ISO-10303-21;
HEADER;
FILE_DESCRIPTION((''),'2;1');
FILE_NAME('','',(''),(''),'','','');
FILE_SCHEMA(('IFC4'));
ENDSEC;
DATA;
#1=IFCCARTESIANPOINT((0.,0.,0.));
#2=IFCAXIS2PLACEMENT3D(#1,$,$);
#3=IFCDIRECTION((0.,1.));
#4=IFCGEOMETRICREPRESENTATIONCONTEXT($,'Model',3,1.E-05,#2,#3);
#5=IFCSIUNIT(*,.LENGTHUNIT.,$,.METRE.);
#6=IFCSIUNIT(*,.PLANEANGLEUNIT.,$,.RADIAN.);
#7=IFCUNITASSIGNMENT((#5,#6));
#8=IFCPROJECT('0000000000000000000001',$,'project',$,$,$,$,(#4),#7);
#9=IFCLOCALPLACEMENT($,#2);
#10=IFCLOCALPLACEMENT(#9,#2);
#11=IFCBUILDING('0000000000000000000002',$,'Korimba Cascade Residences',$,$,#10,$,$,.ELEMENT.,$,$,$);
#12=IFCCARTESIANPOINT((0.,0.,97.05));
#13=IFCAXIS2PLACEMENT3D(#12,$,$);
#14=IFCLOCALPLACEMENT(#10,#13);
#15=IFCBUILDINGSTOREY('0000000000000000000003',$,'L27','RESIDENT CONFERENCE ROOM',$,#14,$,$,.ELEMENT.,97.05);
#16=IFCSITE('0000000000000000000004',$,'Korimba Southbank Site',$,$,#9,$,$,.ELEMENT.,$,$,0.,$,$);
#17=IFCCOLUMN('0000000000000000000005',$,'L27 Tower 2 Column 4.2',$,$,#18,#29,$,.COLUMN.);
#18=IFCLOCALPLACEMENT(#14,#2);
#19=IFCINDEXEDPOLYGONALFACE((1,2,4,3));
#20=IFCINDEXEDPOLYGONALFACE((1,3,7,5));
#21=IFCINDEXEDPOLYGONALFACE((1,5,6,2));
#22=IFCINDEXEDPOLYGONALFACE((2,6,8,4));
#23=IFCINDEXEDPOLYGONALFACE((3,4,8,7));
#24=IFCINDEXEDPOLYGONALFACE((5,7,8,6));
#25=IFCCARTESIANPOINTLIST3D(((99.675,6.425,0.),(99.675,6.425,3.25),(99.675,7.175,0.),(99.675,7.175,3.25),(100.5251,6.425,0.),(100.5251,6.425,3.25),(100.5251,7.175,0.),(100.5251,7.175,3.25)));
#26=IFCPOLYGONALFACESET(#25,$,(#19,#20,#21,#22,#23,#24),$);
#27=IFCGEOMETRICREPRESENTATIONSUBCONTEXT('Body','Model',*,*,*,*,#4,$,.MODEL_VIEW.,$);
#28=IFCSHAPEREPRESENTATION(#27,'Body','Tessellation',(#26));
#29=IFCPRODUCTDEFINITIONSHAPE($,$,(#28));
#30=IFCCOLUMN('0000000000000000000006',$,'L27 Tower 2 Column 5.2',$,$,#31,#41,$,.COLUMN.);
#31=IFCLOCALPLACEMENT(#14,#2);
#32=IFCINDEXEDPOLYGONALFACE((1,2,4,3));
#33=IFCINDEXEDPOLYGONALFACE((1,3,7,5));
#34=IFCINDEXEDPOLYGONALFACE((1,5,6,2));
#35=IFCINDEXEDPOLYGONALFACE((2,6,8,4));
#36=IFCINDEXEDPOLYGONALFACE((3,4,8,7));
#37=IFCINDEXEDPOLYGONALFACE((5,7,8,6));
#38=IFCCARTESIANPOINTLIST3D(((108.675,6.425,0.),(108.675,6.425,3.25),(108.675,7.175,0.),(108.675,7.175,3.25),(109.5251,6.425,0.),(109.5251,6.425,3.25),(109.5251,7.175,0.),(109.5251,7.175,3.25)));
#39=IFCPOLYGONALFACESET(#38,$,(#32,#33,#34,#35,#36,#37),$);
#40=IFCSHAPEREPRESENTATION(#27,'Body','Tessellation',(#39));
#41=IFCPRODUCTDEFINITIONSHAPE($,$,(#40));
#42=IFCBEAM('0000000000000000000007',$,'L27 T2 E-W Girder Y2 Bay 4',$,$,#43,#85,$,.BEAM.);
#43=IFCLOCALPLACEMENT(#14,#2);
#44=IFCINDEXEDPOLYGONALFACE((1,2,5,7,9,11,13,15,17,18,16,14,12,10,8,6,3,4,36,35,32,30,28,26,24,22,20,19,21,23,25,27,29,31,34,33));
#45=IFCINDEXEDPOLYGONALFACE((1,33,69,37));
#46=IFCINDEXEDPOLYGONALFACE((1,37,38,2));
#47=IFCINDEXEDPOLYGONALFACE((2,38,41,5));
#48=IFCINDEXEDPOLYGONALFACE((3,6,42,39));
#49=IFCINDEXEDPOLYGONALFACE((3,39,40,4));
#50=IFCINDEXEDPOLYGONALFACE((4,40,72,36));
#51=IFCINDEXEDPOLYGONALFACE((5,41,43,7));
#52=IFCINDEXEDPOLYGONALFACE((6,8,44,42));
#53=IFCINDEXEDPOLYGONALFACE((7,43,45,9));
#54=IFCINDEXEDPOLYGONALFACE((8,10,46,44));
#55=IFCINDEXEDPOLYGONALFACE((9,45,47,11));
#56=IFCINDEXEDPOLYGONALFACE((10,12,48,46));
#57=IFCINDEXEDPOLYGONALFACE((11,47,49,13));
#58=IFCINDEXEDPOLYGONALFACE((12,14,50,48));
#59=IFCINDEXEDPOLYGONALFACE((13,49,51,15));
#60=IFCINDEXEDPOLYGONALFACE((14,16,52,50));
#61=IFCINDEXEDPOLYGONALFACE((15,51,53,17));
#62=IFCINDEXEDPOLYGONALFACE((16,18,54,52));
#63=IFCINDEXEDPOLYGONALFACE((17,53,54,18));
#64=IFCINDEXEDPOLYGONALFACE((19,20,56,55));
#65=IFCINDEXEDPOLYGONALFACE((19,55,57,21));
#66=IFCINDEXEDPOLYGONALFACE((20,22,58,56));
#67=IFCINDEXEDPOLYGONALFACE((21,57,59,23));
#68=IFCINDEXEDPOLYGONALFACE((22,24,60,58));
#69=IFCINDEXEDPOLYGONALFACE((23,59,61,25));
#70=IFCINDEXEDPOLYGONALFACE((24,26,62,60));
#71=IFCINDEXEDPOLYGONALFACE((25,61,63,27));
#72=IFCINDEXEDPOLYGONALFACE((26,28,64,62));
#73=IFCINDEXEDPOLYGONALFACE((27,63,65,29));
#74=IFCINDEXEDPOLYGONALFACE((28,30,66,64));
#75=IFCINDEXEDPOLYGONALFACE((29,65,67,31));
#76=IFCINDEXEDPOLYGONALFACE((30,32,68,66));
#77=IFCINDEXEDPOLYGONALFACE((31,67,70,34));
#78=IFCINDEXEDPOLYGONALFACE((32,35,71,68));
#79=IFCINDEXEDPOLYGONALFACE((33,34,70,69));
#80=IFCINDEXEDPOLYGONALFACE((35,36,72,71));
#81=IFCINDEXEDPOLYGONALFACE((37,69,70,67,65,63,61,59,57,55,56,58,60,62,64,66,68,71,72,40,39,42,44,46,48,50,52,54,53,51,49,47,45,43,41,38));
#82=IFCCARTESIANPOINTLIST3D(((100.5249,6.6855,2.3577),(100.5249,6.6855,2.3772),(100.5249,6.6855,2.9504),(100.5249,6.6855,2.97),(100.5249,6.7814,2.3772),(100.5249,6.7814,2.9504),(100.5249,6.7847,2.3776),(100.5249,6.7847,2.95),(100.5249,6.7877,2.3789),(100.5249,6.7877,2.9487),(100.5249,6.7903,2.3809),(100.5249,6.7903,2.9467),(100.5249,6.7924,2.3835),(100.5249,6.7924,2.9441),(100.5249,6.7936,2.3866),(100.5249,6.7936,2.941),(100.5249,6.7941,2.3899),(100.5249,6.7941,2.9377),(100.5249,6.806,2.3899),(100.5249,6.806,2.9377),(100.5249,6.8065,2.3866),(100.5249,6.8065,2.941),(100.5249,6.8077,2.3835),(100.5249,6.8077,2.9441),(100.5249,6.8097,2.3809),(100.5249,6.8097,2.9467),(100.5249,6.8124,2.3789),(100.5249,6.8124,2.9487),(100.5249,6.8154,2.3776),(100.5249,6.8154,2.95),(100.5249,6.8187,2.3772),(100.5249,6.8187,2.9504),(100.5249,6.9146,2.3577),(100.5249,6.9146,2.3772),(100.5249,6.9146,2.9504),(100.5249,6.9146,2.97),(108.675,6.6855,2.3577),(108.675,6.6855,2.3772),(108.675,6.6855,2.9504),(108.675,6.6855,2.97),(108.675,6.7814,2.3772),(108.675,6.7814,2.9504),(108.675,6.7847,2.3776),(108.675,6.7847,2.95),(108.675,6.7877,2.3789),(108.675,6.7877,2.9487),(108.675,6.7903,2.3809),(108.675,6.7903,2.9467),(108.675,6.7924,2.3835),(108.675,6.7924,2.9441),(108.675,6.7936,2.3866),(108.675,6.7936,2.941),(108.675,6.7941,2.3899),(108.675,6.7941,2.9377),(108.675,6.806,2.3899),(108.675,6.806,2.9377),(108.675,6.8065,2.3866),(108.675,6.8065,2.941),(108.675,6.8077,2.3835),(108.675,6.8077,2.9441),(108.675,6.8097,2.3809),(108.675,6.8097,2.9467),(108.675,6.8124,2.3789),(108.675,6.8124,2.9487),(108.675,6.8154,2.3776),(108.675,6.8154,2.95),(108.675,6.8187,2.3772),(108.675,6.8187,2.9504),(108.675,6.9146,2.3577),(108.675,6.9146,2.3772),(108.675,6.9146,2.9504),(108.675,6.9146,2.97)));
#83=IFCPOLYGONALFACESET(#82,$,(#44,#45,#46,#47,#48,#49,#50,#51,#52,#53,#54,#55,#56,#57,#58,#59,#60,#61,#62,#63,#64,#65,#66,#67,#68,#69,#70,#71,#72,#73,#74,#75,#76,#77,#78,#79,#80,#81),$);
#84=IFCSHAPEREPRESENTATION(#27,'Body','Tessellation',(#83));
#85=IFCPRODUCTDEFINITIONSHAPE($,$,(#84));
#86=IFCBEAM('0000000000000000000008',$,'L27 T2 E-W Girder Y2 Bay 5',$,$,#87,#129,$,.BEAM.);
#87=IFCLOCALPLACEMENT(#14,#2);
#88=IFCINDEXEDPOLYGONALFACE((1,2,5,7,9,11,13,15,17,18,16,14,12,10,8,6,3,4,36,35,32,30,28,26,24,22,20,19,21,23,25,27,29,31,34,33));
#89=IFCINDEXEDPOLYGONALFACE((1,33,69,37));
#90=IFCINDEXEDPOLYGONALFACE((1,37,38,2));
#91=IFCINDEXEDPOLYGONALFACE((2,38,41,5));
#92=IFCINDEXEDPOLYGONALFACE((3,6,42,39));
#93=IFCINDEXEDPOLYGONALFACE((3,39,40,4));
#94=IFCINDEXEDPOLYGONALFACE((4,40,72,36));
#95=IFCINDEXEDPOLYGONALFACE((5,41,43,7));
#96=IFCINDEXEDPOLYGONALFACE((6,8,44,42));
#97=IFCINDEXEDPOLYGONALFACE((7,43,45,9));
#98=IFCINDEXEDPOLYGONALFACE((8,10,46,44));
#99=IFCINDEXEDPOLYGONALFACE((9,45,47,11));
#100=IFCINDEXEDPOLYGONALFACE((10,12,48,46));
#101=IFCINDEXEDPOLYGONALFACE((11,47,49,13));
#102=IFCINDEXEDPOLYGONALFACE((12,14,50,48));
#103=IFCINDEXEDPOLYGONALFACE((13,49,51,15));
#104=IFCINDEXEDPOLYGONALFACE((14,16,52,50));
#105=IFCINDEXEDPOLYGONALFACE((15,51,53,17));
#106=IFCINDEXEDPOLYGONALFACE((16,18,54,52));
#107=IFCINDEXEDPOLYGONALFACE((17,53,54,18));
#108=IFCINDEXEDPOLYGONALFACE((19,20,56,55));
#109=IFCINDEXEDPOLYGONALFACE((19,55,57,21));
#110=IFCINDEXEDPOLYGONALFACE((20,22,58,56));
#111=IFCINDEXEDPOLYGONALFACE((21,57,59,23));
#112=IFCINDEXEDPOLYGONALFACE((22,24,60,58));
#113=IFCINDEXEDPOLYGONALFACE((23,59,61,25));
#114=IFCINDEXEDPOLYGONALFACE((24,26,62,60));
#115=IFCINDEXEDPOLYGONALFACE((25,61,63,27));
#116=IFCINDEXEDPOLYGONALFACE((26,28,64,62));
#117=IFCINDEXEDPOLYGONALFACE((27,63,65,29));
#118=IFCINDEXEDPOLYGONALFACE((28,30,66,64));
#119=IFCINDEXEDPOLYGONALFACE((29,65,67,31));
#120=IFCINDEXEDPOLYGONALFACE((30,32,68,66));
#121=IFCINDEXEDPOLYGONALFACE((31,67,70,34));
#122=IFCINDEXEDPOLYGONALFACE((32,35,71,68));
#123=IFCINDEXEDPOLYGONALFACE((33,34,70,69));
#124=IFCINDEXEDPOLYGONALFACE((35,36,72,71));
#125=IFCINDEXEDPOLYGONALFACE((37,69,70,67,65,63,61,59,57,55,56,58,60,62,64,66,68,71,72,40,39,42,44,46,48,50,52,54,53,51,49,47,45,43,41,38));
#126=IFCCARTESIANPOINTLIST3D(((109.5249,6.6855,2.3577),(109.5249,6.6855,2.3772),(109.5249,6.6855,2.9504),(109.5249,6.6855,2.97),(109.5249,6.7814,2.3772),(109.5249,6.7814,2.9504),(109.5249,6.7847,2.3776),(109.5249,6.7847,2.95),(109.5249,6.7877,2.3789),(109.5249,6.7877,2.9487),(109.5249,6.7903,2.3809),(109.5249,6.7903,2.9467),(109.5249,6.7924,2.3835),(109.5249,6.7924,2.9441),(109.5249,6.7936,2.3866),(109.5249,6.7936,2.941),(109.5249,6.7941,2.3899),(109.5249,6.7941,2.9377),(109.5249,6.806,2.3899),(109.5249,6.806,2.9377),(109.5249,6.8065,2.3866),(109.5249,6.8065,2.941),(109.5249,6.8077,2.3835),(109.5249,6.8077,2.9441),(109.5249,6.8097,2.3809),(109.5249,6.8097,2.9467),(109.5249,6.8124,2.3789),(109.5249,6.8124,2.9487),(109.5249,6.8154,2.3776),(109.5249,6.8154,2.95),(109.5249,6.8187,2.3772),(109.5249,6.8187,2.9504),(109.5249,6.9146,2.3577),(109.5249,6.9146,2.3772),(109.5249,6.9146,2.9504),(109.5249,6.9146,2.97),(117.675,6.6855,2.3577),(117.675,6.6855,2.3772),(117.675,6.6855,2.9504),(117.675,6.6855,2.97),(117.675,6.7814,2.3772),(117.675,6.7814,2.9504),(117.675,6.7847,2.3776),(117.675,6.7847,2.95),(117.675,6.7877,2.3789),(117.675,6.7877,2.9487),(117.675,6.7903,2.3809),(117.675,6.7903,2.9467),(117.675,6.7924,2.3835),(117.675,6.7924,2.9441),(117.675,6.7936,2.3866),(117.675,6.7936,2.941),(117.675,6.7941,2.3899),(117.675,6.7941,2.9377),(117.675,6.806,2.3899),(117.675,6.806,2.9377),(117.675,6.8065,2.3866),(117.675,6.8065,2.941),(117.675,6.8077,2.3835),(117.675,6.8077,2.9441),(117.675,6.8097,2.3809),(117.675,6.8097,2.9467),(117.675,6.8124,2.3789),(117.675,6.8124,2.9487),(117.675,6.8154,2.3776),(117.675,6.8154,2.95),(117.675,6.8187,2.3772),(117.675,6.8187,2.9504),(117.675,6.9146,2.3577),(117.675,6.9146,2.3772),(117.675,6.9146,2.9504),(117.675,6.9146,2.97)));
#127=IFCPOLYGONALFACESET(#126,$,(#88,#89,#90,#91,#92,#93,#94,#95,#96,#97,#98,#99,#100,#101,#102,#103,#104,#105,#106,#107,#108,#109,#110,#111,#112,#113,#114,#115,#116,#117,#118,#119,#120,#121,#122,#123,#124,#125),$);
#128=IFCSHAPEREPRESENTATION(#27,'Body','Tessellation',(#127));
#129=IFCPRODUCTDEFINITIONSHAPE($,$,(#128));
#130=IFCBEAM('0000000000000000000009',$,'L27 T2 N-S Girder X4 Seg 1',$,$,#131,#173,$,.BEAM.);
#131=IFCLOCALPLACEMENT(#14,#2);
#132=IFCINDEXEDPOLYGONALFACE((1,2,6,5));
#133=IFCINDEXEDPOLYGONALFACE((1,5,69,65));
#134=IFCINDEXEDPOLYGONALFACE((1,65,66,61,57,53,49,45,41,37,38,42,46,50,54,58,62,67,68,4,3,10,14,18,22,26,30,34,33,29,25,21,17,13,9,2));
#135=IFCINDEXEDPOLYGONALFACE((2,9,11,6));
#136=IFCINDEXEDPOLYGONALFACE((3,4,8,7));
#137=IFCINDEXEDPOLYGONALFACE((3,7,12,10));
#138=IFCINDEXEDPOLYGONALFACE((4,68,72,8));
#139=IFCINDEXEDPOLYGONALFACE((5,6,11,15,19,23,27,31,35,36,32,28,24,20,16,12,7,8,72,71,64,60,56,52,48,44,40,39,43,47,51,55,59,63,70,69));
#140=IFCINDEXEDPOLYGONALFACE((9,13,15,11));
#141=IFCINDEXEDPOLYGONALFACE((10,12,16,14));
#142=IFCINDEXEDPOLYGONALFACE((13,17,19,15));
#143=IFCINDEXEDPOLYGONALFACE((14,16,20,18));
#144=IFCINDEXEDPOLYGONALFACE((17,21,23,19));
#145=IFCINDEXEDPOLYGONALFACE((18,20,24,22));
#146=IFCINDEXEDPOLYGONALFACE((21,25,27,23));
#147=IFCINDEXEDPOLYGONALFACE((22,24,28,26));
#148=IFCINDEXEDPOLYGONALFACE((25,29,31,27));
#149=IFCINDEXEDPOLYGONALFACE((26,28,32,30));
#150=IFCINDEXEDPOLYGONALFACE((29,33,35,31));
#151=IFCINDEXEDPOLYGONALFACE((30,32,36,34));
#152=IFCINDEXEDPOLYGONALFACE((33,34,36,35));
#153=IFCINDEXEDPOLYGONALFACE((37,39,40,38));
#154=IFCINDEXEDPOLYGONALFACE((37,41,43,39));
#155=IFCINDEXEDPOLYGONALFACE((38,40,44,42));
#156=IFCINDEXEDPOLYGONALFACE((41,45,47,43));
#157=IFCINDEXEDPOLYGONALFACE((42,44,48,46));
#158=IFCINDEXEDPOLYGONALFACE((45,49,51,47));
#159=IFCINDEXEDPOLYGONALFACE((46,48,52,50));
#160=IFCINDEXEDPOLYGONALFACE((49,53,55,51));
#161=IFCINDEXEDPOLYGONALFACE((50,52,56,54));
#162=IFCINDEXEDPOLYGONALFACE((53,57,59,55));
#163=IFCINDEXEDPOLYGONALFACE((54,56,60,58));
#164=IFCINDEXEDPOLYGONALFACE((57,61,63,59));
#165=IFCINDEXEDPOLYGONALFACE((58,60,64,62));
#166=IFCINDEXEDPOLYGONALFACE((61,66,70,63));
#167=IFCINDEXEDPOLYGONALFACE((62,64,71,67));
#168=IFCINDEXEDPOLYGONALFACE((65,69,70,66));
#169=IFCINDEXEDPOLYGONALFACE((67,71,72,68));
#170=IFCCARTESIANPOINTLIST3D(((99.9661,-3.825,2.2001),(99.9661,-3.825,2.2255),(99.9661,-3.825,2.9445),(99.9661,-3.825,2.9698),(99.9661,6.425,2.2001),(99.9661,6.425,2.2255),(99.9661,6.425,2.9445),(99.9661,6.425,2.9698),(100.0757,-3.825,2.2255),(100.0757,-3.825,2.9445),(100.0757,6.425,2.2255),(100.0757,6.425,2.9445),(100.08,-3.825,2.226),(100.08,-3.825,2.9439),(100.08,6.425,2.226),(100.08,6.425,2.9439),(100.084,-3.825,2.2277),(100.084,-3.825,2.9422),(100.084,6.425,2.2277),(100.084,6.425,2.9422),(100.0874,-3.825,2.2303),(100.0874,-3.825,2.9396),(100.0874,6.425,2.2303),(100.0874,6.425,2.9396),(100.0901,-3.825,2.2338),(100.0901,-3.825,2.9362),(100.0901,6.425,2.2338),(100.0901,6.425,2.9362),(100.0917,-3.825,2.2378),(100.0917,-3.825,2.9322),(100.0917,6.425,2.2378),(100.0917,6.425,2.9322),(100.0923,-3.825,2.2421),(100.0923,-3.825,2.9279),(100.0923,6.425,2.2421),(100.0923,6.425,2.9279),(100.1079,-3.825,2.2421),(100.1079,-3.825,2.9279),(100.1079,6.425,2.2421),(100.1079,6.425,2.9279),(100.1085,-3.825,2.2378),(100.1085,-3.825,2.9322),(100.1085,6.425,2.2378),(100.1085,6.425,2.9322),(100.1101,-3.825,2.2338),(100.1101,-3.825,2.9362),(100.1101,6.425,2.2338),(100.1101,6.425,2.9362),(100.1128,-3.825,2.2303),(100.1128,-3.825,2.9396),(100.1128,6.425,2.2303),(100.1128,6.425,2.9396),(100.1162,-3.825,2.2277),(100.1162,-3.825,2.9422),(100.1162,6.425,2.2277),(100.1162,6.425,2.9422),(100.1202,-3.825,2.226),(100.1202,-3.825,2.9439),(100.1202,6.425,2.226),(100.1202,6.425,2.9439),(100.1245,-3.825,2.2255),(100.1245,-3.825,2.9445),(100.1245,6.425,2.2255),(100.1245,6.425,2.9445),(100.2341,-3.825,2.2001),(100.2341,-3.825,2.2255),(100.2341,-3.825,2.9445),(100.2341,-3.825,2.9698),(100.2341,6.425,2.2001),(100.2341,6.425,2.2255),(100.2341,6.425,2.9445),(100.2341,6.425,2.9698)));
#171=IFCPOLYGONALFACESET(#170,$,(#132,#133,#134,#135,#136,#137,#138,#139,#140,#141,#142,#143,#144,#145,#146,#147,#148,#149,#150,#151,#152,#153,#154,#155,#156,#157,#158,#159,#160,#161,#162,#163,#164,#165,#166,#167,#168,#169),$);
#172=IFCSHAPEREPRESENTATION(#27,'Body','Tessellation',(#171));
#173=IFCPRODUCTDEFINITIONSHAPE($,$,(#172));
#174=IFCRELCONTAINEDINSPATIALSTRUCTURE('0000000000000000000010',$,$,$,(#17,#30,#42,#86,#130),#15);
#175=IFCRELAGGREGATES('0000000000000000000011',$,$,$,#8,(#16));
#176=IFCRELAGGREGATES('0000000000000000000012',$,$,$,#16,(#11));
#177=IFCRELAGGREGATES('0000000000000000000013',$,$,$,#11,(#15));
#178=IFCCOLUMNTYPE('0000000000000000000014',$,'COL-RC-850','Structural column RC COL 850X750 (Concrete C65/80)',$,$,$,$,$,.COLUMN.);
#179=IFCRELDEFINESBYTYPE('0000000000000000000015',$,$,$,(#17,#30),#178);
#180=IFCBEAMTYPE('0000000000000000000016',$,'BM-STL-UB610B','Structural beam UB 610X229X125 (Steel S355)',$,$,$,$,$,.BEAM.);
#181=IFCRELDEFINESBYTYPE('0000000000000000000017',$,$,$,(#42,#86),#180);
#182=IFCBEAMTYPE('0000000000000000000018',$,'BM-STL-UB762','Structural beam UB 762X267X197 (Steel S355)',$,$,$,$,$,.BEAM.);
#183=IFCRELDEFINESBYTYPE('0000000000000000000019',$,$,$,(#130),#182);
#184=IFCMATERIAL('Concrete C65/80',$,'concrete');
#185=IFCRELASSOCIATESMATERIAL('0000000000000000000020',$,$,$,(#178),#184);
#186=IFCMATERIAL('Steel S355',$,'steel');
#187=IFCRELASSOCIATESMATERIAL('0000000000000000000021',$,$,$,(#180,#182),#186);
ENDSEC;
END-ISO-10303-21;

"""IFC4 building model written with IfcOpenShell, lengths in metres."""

from ifc_helpers import new_model, si_unit, direction, frame, origin, origin_2d, place, context, subcontext, project, spatial, rectangle, i_section, extrude, material, material_profile, profile_set, type_object, element, save


model = new_model("IFC4")

# Units and contexts
model_context = context("Model", 3, precision=1e-05, world=origin(), true_north=direction((0.0, 1.0)))
body_context = subcontext(model_context, "Body", "Model", "MODEL_VIEW")
ifc_project = project(units=[si_unit("LENGTHUNIT", "METRE"), si_unit("PLANEANGLEUNIT", "RADIAN")], contexts=[model_context])

# Site, building, storey
site_placement = place(None, origin())
site = spatial("IfcSite", under=ifc_project, at=site_placement, Name="Korimba Southbank Site", CompositionType="ELEMENT", RefElevation=0.0)
building_placement = place(site_placement, origin())
building = spatial("IfcBuilding", under=site, at=building_placement, Name="Korimba Cascade Residences", CompositionType="ELEMENT")
storey_placement = place(building_placement, frame((0.0, 0.0, 97.05)))
storey = spatial("IfcBuildingStorey", under=building, at=storey_placement, Name="L27", Description="RESIDENT CONFERENCE ROOM", CompositionType="ELEMENT", Elevation=97.05)

# Columns
ifc_material_1 = material(Name="Concrete C65/80", Category="concrete")
ifc_material_profile_1 = material_profile(ifc_material_1, rectangle(XDim=0.8501, YDim=0.75, at=origin_2d()), Name="Concrete C65/80")
ifc_profile_set_1 = profile_set([ifc_material_profile_1], Name="Concrete C65/80")
column_type = type_object("IfcColumnType", Name="COL-RC-850", Description="Structural column RC COL 850X750 (Concrete C65/80)", PredefinedType="COLUMN", material=ifc_profile_set_1)
for number, where, z_axis, x_axis, name in (
    (1, (100.1001, 6.8, 0.0), (0.0, 0.0, 1.0), (1.0, 0.0, 0.0), "L27 Tower 2 Column 4.2"),
    (2, (109.1001, 6.8, 0.0), (0.0, 0.0, 1.0), (1.0, 0.0, 0.0), "L27 Tower 2 Column 5.2"),
):
    element("IfcColumn", number, at=place(storey_placement, frame(where, z_axis=z_axis, x_axis=x_axis)), inside=storey, type_object=column_type, Name=name, PredefinedType="COLUMN", context=body_context, shape_type="SweptSolid", body=[
        extrude(rectangle(XDim=0.8501, YDim=0.75, at=origin_2d()), origin(), (0.0, 0.0, 1.0), 3.25),
    ])

# Beams
ifc_material_2 = material(Name="Steel S355", Category="steel")
ifc_material_profile_2 = material_profile(ifc_material_2, i_section(OverallWidth=0.229, OverallDepth=0.6123, WebThickness=0.012, FlangeThickness=0.0195, FilletRadius=0.0127, at=origin_2d()), Name="Steel S355")
ifc_profile_set_2 = profile_set([ifc_material_profile_2], Name="Steel S355")
beam_type_1 = type_object("IfcBeamType", Name="BM-STL-UB610B", Description="Structural beam UB 610X229X125 (Steel S355)", PredefinedType="BEAM", material=ifc_profile_set_2)
for number, where, z_axis, x_axis, name in (
    (3, (100.5249, 6.8, 2.6638), (1.0, 0.0, 0.0), (0.0, 1.0, 0.0), "L27 T2 E-W Girder Y2 Bay 4"),
    (4, (109.5249, 6.8, 2.6638), (1.0, 0.0, 0.0), (0.0, 1.0, 0.0), "L27 T2 E-W Girder Y2 Bay 5"),
):
    element("IfcBeam", number, at=place(storey_placement, frame(where, z_axis=z_axis, x_axis=x_axis)), inside=storey, type_object=beam_type_1, Name=name, PredefinedType="BEAM", context=body_context, shape_type="SweptSolid", body=[
        extrude(i_section(OverallWidth=0.229, OverallDepth=0.6123, WebThickness=0.012, FlangeThickness=0.0195, FilletRadius=0.0127, at=origin_2d()), origin(), (0.0, 0.0, 1.0), 8.1501),
    ])
ifc_material_profile_3 = material_profile(ifc_material_2, i_section(OverallWidth=0.2681, OverallDepth=0.7698, WebThickness=0.0156, FlangeThickness=0.0254, FilletRadius=0.0166, at=origin_2d()), Name="Steel S355")
ifc_profile_set_3 = profile_set([ifc_material_profile_3], Name="Steel S355")
beam_type_2 = type_object("IfcBeamType", Name="BM-STL-UB762", Description="Structural beam UB 762X267X197 (Steel S355)", PredefinedType="BEAM", material=ifc_profile_set_3)
beam_1_placement = place(storey_placement, frame((100.1001, -3.825, 2.585), z_axis=(0.0, 1.0, 0.0), x_axis=(-1.0, 0.0, 0.0)))
element("IfcBeam", 5, at=beam_1_placement, inside=storey, type_object=beam_type_2, Name="L27 T2 N-S Girder X4 Seg 1", PredefinedType="BEAM", context=body_context, shape_type="SweptSolid", body=[
    extrude(i_section(OverallWidth=0.2681, OverallDepth=0.7698, WebThickness=0.0156, FlangeThickness=0.0254, FilletRadius=0.0166, at=origin_2d()), origin(), (0.0, 0.0, 1.0), 10.25),
])

save(model, "model.ifc")
